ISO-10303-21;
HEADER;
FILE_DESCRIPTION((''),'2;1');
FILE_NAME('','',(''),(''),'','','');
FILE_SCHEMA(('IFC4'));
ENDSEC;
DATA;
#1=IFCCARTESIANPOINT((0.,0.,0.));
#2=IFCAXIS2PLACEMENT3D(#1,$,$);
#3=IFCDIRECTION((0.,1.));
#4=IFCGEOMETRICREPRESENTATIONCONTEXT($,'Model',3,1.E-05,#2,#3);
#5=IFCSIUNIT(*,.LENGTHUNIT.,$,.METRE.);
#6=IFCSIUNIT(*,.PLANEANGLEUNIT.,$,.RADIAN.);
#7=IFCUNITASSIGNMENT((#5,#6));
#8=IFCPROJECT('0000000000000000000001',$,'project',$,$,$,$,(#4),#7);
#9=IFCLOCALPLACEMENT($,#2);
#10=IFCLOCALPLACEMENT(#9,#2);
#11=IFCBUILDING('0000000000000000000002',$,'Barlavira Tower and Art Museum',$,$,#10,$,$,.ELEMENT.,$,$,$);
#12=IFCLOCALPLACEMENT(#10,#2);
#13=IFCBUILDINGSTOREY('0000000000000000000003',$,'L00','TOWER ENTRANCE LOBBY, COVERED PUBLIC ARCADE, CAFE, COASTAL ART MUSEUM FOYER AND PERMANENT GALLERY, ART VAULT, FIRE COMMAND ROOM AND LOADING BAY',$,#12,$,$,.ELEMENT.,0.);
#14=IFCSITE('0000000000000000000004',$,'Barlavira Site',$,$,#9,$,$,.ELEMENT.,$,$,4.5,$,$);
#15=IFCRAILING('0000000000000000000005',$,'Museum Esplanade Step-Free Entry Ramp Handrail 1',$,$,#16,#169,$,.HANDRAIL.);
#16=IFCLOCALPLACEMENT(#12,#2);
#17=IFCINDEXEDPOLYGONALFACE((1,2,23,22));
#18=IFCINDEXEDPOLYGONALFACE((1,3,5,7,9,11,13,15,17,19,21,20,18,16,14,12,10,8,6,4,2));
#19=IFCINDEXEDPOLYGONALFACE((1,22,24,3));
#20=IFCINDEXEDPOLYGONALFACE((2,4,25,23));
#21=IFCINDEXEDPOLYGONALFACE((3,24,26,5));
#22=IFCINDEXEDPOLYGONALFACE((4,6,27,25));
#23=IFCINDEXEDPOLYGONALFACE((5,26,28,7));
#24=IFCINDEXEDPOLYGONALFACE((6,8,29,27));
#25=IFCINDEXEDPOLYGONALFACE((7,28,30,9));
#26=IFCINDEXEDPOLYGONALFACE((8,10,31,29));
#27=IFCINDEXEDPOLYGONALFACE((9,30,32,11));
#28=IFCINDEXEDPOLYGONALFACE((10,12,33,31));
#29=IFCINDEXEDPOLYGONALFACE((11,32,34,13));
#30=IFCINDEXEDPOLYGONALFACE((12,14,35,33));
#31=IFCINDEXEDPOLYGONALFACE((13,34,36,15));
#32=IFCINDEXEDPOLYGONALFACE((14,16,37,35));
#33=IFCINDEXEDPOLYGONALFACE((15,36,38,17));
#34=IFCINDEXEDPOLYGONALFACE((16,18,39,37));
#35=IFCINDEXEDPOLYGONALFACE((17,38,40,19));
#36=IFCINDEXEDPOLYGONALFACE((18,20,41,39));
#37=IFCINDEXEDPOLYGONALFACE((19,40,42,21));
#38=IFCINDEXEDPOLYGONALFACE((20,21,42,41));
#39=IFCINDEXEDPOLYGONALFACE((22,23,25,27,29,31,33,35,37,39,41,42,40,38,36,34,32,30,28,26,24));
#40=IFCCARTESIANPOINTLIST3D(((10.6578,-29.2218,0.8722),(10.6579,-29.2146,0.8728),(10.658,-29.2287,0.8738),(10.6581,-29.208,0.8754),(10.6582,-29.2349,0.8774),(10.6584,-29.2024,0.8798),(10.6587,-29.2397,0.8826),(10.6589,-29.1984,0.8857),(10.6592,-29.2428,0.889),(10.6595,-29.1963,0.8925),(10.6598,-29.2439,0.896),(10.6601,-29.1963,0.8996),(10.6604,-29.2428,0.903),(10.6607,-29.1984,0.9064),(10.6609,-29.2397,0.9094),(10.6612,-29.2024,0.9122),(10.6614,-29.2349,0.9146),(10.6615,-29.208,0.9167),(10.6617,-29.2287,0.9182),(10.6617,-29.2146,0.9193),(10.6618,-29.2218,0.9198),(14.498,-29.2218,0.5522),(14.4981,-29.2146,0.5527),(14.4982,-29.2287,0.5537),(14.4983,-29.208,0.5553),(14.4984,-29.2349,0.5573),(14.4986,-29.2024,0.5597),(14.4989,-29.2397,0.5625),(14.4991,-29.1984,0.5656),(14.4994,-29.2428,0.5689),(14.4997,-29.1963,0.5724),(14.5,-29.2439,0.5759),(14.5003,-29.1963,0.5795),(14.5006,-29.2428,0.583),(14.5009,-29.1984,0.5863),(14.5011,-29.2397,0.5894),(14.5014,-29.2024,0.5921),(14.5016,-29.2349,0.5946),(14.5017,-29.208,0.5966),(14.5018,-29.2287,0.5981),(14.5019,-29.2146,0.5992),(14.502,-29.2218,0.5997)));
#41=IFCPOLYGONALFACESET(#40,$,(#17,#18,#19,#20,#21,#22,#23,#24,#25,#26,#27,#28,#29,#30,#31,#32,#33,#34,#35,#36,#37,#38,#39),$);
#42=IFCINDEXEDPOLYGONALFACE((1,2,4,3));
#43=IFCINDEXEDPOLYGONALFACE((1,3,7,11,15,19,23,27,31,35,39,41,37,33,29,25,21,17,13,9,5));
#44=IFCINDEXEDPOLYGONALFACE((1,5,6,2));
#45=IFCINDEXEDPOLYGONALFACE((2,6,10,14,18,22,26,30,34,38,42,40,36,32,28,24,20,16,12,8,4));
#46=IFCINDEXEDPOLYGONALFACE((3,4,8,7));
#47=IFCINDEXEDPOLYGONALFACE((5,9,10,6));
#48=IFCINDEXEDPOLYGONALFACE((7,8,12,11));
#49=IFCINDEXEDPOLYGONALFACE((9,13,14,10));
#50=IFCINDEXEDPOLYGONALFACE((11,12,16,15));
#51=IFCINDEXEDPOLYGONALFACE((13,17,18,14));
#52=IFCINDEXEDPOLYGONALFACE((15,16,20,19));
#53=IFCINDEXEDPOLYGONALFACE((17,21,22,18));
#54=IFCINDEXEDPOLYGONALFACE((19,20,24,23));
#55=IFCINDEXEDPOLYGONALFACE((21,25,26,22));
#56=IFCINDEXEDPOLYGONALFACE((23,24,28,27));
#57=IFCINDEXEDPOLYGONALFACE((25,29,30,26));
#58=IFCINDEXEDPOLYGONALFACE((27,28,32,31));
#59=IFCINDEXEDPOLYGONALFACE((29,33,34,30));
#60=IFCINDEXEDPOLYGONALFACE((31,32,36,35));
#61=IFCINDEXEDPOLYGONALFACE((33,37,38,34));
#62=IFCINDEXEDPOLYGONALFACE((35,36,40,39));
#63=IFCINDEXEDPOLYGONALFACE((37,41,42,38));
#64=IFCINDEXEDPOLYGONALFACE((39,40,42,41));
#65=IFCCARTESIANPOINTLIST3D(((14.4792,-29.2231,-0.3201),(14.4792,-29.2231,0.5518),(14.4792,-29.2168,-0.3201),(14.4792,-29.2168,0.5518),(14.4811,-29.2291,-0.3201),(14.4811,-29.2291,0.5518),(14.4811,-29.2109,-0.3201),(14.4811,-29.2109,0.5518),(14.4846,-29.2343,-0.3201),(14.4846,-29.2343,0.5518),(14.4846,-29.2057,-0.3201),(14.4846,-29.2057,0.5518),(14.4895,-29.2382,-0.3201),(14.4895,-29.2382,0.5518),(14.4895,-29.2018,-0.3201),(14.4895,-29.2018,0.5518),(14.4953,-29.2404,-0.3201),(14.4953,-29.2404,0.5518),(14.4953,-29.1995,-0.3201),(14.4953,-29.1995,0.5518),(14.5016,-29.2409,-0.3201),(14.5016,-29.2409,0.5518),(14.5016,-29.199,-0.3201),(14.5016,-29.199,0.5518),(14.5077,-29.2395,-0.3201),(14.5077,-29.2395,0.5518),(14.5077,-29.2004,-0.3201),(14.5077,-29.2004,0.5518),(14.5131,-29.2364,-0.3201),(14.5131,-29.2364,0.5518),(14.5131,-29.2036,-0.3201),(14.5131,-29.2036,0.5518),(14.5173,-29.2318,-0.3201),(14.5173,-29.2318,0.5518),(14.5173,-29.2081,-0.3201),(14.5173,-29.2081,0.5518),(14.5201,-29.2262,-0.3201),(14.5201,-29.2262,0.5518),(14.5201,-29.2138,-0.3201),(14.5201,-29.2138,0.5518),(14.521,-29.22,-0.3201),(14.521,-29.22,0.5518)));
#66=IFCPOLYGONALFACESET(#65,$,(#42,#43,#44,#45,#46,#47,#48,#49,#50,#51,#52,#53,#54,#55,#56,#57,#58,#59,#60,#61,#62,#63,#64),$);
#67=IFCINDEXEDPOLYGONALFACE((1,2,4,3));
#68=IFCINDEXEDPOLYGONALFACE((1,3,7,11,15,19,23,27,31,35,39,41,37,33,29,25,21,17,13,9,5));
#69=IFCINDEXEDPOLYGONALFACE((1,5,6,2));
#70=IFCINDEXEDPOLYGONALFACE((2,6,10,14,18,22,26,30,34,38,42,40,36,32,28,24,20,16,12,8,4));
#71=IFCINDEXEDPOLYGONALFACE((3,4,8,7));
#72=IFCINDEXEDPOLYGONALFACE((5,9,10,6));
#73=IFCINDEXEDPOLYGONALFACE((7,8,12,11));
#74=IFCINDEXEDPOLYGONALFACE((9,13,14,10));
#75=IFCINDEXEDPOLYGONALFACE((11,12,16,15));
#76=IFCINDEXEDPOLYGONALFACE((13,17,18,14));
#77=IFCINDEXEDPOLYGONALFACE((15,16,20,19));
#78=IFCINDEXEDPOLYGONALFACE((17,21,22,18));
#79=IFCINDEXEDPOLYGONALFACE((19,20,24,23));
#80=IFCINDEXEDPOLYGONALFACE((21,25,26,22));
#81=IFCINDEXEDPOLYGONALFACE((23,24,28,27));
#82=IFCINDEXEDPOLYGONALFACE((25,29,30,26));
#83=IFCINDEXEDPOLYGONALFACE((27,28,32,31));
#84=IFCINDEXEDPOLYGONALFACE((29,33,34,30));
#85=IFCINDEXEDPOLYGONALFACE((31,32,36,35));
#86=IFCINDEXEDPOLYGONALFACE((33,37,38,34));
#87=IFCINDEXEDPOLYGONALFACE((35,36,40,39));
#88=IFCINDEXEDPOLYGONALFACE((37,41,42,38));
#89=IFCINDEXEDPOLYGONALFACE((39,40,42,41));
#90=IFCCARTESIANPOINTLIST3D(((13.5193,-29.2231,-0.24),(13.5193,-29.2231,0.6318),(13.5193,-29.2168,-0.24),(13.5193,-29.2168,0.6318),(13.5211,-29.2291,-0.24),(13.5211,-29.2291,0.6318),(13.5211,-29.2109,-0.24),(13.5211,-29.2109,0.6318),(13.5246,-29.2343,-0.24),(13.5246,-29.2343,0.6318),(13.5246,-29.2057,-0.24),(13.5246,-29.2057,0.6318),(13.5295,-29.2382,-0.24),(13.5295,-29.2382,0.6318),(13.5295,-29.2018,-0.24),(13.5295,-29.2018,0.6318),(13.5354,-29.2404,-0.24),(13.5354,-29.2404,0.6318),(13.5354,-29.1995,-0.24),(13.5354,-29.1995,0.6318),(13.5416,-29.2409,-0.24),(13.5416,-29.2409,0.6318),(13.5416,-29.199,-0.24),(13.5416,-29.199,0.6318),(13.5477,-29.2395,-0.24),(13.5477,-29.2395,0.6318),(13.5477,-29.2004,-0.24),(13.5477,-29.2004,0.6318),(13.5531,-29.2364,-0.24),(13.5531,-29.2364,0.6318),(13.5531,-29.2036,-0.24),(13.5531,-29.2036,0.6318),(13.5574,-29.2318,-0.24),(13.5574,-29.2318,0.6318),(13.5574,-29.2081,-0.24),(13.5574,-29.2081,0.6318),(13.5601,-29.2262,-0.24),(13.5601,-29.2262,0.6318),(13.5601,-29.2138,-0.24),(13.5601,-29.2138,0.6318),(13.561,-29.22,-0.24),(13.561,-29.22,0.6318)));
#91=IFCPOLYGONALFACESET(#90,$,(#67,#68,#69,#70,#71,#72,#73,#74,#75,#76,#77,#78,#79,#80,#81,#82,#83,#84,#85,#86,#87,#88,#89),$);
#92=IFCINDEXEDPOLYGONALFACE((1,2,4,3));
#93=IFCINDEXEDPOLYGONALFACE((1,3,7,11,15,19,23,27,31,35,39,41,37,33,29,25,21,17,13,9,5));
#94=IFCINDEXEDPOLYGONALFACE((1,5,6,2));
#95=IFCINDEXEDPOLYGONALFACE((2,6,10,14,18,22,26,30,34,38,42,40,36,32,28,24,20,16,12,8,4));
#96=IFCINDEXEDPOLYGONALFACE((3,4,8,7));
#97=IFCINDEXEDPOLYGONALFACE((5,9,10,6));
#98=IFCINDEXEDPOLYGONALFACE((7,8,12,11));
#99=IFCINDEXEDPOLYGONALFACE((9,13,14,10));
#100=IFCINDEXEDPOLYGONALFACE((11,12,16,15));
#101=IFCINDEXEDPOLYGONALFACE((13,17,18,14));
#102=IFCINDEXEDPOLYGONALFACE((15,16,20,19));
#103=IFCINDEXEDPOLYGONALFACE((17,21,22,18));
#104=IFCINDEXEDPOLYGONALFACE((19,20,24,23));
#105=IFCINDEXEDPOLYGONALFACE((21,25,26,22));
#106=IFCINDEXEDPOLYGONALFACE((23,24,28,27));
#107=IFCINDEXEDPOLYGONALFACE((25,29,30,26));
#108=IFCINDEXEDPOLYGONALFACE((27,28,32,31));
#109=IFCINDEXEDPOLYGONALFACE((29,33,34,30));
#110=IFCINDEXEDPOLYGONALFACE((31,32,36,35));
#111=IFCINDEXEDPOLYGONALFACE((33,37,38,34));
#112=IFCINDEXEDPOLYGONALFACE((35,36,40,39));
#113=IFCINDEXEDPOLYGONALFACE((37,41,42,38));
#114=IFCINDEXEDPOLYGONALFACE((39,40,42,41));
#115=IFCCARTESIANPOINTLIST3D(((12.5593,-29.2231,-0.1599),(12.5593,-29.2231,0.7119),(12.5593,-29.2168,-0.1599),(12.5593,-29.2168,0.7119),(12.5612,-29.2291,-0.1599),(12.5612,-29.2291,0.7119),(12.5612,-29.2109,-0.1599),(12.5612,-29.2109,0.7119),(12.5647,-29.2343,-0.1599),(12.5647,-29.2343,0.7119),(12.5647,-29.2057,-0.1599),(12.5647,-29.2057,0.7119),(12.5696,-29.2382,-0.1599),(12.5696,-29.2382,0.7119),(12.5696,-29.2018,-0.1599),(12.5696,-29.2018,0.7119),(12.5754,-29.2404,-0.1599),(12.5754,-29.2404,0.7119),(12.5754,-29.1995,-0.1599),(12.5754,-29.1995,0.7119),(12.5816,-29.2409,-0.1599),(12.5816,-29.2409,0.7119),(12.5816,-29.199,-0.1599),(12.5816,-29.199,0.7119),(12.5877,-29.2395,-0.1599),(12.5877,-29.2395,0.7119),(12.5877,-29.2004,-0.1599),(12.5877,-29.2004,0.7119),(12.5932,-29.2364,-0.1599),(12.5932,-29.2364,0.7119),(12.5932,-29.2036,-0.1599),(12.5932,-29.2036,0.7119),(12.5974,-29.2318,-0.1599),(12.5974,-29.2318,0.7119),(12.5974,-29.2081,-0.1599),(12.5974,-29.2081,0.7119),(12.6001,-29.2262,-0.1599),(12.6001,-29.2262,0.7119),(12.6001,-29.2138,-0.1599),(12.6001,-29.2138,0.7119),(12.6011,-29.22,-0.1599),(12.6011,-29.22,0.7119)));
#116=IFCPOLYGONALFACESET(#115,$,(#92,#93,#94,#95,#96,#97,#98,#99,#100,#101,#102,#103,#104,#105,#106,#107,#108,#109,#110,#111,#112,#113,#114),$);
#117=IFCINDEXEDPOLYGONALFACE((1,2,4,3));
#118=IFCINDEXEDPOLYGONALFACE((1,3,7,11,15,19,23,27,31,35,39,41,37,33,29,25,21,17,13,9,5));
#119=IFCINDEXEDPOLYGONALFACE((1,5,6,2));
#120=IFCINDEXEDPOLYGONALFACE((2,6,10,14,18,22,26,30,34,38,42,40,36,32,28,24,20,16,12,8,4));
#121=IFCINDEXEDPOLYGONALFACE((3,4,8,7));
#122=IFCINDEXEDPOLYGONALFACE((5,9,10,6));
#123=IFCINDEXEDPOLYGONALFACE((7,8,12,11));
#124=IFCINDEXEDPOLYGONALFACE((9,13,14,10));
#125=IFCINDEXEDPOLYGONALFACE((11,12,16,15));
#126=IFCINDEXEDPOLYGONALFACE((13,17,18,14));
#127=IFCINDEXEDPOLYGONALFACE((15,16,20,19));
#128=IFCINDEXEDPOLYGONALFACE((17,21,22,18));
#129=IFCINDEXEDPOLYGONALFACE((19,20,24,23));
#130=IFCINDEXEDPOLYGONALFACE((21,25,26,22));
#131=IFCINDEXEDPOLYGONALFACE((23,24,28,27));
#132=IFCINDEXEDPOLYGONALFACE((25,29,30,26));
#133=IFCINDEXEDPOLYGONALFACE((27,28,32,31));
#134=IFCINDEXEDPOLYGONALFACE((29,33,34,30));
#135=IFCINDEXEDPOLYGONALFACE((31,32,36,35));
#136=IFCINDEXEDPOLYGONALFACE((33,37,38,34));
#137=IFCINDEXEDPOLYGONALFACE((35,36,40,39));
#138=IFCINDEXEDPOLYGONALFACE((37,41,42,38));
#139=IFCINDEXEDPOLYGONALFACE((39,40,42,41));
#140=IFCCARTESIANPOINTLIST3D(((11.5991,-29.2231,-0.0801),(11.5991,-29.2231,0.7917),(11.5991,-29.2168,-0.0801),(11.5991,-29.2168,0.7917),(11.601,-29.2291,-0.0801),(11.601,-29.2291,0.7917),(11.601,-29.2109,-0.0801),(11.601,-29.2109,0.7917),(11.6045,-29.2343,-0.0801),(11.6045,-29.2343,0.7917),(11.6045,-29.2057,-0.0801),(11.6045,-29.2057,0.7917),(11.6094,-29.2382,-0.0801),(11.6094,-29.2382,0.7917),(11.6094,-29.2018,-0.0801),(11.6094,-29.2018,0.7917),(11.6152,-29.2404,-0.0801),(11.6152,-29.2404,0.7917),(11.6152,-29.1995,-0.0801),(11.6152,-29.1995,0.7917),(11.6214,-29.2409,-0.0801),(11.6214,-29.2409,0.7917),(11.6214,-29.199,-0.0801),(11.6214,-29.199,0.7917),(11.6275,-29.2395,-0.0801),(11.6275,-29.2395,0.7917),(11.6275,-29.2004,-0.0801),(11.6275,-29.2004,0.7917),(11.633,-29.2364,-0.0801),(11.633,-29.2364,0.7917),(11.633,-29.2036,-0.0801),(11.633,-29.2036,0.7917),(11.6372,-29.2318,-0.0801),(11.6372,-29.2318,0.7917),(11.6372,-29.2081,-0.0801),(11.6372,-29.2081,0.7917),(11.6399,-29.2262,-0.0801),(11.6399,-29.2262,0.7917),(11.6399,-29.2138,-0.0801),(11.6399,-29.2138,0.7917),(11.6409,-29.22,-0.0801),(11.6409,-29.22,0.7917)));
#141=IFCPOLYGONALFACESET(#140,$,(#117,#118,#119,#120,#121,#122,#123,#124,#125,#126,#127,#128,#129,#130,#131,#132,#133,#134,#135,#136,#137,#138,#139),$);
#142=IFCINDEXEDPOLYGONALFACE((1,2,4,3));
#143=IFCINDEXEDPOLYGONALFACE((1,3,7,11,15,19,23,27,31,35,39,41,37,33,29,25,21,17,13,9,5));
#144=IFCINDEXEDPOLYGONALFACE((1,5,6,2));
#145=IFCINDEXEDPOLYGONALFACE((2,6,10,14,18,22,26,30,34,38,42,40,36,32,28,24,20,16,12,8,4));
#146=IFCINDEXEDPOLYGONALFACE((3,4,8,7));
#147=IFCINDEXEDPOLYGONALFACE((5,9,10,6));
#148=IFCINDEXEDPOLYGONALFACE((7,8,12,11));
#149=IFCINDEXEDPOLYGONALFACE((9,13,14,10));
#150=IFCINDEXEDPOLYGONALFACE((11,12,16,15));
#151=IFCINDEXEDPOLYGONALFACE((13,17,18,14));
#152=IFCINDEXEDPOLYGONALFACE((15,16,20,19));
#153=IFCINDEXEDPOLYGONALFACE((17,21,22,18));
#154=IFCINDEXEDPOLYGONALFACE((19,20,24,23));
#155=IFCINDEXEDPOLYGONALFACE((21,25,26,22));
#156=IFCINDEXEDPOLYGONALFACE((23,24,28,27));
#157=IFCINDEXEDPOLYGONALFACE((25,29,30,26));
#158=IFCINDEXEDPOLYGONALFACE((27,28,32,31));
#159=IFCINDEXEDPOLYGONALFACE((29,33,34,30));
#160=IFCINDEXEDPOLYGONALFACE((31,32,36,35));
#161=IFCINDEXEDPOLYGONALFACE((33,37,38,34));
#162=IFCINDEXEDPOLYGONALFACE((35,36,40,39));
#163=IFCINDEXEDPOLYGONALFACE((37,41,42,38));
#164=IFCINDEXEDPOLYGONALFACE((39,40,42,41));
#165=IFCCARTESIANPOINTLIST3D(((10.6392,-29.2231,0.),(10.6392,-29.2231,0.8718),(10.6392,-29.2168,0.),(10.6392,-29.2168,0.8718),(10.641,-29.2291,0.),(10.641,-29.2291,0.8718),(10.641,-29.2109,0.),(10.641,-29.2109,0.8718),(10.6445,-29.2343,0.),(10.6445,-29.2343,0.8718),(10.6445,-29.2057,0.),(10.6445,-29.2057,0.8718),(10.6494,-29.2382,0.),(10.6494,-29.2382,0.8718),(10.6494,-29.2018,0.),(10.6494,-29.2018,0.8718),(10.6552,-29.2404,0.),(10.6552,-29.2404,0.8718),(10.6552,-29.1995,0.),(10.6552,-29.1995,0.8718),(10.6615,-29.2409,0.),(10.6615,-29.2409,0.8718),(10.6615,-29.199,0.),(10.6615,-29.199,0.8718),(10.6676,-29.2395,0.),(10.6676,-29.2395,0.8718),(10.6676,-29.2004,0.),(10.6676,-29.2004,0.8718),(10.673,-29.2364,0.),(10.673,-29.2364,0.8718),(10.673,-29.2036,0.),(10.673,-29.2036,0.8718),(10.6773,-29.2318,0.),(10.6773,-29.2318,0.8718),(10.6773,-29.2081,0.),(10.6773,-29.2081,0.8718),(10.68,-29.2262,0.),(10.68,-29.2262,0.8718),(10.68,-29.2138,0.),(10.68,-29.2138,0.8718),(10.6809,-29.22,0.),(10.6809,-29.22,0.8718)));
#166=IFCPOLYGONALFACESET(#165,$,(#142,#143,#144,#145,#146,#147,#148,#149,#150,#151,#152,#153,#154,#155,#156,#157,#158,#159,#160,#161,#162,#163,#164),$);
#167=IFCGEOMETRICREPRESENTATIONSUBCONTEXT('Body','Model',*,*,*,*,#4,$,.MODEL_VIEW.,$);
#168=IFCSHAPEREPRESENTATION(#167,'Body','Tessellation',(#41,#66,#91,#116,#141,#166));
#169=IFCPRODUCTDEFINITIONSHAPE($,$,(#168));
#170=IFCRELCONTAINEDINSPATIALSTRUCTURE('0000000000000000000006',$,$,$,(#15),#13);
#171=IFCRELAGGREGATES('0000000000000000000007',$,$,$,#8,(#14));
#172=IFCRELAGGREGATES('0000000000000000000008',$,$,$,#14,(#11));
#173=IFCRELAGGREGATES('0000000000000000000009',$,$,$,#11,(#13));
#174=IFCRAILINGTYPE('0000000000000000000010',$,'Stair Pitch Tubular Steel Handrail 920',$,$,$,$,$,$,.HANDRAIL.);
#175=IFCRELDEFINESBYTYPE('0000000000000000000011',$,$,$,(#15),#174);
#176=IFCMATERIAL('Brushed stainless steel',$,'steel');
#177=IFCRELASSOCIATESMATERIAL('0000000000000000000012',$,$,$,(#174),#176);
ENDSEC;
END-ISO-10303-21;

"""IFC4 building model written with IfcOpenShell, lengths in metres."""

from ifc_helpers import new_model, si_unit, direction, frame, origin, origin_2d, place, context, subcontext, project, spatial, circle, extrude, material, type_object, element, save


model = new_model("IFC4")

# Units and contexts
model_context = context("Model", 3, precision=1e-05, world=origin(), true_north=direction((0.0, 1.0)))
body_context = subcontext(model_context, "Body", "Model", "MODEL_VIEW")
ifc_project = project(units=[si_unit("LENGTHUNIT", "METRE"), si_unit("PLANEANGLEUNIT", "RADIAN")], contexts=[model_context])

# Site, building, storey
site_placement = place(None, origin())
site = spatial("IfcSite", under=ifc_project, at=site_placement, Name="Barlavira Site", CompositionType="ELEMENT", RefElevation=4.5)
building_placement = place(site_placement, origin())
building = spatial("IfcBuilding", under=site, at=building_placement, Name="Barlavira Tower and Art Museum", CompositionType="ELEMENT")
storey_placement = place(building_placement, origin())
storey = spatial("IfcBuildingStorey", under=building, at=storey_placement, Name="L00", Description="TOWER ENTRANCE LOBBY, COVERED PUBLIC ARCADE, CAFE, COASTAL ART MUSEUM FOYER AND PERMANENT GALLERY, ART VAULT, FIRE COMMAND ROOM AND LOADING BAY", CompositionType="ELEMENT", Elevation=0.0)

# Shared definitions
ifc_material_1 = material(Name="Brushed stainless steel", Category="steel")

# Railing
railing_type = type_object("IfcRailingType", Name="Stair Pitch Tubular Steel Handrail 920", PredefinedType="HANDRAIL", material=ifc_material_1)
for number, where, name in (
    (1, (14.5, -29.22, -0.3201), "Museum Esplanade Step-Free Entry Ramp Handrail 1"),
):
    element("IfcRailing", number, at=place(storey_placement, frame(where)), inside=storey, type_object=railing_type, Name=name, PredefinedType="HANDRAIL", context=body_context, shape_type="SweptSolid", body=[
        extrude(circle(Radius=0.0239, at=origin_2d()), frame((0.0, 0.0, 0.896), z_axis=(-0.996544, 0.0, 0.083061), x_axis=(0.0, -1.0, 0.0)), (0.0, 0.0, 1.0), 3.8535),
        extrude(circle(Radius=0.021, at=origin_2d()), origin(), (0.0, 0.0, 1.0), 0.8718),
        extrude(circle(Radius=0.021, at=origin_2d()), frame((-0.96, 0.0, 0.0801)), (0.0, 0.0, 1.0), 0.8718),
        extrude(circle(Radius=0.021, at=origin_2d()), frame((-1.9199, 0.0, 0.1602)), (0.0, 0.0, 1.0), 0.8718),
        extrude(circle(Radius=0.021, at=origin_2d()), frame((-2.8801, 0.0, 0.24)), (0.0, 0.0, 1.0), 0.8718),
        extrude(circle(Radius=0.021, at=origin_2d()), frame((-3.8401, 0.0, 0.3201)), (0.0, 0.0, 1.0), 0.8718),
    ])

save(model, "model.ifc")
